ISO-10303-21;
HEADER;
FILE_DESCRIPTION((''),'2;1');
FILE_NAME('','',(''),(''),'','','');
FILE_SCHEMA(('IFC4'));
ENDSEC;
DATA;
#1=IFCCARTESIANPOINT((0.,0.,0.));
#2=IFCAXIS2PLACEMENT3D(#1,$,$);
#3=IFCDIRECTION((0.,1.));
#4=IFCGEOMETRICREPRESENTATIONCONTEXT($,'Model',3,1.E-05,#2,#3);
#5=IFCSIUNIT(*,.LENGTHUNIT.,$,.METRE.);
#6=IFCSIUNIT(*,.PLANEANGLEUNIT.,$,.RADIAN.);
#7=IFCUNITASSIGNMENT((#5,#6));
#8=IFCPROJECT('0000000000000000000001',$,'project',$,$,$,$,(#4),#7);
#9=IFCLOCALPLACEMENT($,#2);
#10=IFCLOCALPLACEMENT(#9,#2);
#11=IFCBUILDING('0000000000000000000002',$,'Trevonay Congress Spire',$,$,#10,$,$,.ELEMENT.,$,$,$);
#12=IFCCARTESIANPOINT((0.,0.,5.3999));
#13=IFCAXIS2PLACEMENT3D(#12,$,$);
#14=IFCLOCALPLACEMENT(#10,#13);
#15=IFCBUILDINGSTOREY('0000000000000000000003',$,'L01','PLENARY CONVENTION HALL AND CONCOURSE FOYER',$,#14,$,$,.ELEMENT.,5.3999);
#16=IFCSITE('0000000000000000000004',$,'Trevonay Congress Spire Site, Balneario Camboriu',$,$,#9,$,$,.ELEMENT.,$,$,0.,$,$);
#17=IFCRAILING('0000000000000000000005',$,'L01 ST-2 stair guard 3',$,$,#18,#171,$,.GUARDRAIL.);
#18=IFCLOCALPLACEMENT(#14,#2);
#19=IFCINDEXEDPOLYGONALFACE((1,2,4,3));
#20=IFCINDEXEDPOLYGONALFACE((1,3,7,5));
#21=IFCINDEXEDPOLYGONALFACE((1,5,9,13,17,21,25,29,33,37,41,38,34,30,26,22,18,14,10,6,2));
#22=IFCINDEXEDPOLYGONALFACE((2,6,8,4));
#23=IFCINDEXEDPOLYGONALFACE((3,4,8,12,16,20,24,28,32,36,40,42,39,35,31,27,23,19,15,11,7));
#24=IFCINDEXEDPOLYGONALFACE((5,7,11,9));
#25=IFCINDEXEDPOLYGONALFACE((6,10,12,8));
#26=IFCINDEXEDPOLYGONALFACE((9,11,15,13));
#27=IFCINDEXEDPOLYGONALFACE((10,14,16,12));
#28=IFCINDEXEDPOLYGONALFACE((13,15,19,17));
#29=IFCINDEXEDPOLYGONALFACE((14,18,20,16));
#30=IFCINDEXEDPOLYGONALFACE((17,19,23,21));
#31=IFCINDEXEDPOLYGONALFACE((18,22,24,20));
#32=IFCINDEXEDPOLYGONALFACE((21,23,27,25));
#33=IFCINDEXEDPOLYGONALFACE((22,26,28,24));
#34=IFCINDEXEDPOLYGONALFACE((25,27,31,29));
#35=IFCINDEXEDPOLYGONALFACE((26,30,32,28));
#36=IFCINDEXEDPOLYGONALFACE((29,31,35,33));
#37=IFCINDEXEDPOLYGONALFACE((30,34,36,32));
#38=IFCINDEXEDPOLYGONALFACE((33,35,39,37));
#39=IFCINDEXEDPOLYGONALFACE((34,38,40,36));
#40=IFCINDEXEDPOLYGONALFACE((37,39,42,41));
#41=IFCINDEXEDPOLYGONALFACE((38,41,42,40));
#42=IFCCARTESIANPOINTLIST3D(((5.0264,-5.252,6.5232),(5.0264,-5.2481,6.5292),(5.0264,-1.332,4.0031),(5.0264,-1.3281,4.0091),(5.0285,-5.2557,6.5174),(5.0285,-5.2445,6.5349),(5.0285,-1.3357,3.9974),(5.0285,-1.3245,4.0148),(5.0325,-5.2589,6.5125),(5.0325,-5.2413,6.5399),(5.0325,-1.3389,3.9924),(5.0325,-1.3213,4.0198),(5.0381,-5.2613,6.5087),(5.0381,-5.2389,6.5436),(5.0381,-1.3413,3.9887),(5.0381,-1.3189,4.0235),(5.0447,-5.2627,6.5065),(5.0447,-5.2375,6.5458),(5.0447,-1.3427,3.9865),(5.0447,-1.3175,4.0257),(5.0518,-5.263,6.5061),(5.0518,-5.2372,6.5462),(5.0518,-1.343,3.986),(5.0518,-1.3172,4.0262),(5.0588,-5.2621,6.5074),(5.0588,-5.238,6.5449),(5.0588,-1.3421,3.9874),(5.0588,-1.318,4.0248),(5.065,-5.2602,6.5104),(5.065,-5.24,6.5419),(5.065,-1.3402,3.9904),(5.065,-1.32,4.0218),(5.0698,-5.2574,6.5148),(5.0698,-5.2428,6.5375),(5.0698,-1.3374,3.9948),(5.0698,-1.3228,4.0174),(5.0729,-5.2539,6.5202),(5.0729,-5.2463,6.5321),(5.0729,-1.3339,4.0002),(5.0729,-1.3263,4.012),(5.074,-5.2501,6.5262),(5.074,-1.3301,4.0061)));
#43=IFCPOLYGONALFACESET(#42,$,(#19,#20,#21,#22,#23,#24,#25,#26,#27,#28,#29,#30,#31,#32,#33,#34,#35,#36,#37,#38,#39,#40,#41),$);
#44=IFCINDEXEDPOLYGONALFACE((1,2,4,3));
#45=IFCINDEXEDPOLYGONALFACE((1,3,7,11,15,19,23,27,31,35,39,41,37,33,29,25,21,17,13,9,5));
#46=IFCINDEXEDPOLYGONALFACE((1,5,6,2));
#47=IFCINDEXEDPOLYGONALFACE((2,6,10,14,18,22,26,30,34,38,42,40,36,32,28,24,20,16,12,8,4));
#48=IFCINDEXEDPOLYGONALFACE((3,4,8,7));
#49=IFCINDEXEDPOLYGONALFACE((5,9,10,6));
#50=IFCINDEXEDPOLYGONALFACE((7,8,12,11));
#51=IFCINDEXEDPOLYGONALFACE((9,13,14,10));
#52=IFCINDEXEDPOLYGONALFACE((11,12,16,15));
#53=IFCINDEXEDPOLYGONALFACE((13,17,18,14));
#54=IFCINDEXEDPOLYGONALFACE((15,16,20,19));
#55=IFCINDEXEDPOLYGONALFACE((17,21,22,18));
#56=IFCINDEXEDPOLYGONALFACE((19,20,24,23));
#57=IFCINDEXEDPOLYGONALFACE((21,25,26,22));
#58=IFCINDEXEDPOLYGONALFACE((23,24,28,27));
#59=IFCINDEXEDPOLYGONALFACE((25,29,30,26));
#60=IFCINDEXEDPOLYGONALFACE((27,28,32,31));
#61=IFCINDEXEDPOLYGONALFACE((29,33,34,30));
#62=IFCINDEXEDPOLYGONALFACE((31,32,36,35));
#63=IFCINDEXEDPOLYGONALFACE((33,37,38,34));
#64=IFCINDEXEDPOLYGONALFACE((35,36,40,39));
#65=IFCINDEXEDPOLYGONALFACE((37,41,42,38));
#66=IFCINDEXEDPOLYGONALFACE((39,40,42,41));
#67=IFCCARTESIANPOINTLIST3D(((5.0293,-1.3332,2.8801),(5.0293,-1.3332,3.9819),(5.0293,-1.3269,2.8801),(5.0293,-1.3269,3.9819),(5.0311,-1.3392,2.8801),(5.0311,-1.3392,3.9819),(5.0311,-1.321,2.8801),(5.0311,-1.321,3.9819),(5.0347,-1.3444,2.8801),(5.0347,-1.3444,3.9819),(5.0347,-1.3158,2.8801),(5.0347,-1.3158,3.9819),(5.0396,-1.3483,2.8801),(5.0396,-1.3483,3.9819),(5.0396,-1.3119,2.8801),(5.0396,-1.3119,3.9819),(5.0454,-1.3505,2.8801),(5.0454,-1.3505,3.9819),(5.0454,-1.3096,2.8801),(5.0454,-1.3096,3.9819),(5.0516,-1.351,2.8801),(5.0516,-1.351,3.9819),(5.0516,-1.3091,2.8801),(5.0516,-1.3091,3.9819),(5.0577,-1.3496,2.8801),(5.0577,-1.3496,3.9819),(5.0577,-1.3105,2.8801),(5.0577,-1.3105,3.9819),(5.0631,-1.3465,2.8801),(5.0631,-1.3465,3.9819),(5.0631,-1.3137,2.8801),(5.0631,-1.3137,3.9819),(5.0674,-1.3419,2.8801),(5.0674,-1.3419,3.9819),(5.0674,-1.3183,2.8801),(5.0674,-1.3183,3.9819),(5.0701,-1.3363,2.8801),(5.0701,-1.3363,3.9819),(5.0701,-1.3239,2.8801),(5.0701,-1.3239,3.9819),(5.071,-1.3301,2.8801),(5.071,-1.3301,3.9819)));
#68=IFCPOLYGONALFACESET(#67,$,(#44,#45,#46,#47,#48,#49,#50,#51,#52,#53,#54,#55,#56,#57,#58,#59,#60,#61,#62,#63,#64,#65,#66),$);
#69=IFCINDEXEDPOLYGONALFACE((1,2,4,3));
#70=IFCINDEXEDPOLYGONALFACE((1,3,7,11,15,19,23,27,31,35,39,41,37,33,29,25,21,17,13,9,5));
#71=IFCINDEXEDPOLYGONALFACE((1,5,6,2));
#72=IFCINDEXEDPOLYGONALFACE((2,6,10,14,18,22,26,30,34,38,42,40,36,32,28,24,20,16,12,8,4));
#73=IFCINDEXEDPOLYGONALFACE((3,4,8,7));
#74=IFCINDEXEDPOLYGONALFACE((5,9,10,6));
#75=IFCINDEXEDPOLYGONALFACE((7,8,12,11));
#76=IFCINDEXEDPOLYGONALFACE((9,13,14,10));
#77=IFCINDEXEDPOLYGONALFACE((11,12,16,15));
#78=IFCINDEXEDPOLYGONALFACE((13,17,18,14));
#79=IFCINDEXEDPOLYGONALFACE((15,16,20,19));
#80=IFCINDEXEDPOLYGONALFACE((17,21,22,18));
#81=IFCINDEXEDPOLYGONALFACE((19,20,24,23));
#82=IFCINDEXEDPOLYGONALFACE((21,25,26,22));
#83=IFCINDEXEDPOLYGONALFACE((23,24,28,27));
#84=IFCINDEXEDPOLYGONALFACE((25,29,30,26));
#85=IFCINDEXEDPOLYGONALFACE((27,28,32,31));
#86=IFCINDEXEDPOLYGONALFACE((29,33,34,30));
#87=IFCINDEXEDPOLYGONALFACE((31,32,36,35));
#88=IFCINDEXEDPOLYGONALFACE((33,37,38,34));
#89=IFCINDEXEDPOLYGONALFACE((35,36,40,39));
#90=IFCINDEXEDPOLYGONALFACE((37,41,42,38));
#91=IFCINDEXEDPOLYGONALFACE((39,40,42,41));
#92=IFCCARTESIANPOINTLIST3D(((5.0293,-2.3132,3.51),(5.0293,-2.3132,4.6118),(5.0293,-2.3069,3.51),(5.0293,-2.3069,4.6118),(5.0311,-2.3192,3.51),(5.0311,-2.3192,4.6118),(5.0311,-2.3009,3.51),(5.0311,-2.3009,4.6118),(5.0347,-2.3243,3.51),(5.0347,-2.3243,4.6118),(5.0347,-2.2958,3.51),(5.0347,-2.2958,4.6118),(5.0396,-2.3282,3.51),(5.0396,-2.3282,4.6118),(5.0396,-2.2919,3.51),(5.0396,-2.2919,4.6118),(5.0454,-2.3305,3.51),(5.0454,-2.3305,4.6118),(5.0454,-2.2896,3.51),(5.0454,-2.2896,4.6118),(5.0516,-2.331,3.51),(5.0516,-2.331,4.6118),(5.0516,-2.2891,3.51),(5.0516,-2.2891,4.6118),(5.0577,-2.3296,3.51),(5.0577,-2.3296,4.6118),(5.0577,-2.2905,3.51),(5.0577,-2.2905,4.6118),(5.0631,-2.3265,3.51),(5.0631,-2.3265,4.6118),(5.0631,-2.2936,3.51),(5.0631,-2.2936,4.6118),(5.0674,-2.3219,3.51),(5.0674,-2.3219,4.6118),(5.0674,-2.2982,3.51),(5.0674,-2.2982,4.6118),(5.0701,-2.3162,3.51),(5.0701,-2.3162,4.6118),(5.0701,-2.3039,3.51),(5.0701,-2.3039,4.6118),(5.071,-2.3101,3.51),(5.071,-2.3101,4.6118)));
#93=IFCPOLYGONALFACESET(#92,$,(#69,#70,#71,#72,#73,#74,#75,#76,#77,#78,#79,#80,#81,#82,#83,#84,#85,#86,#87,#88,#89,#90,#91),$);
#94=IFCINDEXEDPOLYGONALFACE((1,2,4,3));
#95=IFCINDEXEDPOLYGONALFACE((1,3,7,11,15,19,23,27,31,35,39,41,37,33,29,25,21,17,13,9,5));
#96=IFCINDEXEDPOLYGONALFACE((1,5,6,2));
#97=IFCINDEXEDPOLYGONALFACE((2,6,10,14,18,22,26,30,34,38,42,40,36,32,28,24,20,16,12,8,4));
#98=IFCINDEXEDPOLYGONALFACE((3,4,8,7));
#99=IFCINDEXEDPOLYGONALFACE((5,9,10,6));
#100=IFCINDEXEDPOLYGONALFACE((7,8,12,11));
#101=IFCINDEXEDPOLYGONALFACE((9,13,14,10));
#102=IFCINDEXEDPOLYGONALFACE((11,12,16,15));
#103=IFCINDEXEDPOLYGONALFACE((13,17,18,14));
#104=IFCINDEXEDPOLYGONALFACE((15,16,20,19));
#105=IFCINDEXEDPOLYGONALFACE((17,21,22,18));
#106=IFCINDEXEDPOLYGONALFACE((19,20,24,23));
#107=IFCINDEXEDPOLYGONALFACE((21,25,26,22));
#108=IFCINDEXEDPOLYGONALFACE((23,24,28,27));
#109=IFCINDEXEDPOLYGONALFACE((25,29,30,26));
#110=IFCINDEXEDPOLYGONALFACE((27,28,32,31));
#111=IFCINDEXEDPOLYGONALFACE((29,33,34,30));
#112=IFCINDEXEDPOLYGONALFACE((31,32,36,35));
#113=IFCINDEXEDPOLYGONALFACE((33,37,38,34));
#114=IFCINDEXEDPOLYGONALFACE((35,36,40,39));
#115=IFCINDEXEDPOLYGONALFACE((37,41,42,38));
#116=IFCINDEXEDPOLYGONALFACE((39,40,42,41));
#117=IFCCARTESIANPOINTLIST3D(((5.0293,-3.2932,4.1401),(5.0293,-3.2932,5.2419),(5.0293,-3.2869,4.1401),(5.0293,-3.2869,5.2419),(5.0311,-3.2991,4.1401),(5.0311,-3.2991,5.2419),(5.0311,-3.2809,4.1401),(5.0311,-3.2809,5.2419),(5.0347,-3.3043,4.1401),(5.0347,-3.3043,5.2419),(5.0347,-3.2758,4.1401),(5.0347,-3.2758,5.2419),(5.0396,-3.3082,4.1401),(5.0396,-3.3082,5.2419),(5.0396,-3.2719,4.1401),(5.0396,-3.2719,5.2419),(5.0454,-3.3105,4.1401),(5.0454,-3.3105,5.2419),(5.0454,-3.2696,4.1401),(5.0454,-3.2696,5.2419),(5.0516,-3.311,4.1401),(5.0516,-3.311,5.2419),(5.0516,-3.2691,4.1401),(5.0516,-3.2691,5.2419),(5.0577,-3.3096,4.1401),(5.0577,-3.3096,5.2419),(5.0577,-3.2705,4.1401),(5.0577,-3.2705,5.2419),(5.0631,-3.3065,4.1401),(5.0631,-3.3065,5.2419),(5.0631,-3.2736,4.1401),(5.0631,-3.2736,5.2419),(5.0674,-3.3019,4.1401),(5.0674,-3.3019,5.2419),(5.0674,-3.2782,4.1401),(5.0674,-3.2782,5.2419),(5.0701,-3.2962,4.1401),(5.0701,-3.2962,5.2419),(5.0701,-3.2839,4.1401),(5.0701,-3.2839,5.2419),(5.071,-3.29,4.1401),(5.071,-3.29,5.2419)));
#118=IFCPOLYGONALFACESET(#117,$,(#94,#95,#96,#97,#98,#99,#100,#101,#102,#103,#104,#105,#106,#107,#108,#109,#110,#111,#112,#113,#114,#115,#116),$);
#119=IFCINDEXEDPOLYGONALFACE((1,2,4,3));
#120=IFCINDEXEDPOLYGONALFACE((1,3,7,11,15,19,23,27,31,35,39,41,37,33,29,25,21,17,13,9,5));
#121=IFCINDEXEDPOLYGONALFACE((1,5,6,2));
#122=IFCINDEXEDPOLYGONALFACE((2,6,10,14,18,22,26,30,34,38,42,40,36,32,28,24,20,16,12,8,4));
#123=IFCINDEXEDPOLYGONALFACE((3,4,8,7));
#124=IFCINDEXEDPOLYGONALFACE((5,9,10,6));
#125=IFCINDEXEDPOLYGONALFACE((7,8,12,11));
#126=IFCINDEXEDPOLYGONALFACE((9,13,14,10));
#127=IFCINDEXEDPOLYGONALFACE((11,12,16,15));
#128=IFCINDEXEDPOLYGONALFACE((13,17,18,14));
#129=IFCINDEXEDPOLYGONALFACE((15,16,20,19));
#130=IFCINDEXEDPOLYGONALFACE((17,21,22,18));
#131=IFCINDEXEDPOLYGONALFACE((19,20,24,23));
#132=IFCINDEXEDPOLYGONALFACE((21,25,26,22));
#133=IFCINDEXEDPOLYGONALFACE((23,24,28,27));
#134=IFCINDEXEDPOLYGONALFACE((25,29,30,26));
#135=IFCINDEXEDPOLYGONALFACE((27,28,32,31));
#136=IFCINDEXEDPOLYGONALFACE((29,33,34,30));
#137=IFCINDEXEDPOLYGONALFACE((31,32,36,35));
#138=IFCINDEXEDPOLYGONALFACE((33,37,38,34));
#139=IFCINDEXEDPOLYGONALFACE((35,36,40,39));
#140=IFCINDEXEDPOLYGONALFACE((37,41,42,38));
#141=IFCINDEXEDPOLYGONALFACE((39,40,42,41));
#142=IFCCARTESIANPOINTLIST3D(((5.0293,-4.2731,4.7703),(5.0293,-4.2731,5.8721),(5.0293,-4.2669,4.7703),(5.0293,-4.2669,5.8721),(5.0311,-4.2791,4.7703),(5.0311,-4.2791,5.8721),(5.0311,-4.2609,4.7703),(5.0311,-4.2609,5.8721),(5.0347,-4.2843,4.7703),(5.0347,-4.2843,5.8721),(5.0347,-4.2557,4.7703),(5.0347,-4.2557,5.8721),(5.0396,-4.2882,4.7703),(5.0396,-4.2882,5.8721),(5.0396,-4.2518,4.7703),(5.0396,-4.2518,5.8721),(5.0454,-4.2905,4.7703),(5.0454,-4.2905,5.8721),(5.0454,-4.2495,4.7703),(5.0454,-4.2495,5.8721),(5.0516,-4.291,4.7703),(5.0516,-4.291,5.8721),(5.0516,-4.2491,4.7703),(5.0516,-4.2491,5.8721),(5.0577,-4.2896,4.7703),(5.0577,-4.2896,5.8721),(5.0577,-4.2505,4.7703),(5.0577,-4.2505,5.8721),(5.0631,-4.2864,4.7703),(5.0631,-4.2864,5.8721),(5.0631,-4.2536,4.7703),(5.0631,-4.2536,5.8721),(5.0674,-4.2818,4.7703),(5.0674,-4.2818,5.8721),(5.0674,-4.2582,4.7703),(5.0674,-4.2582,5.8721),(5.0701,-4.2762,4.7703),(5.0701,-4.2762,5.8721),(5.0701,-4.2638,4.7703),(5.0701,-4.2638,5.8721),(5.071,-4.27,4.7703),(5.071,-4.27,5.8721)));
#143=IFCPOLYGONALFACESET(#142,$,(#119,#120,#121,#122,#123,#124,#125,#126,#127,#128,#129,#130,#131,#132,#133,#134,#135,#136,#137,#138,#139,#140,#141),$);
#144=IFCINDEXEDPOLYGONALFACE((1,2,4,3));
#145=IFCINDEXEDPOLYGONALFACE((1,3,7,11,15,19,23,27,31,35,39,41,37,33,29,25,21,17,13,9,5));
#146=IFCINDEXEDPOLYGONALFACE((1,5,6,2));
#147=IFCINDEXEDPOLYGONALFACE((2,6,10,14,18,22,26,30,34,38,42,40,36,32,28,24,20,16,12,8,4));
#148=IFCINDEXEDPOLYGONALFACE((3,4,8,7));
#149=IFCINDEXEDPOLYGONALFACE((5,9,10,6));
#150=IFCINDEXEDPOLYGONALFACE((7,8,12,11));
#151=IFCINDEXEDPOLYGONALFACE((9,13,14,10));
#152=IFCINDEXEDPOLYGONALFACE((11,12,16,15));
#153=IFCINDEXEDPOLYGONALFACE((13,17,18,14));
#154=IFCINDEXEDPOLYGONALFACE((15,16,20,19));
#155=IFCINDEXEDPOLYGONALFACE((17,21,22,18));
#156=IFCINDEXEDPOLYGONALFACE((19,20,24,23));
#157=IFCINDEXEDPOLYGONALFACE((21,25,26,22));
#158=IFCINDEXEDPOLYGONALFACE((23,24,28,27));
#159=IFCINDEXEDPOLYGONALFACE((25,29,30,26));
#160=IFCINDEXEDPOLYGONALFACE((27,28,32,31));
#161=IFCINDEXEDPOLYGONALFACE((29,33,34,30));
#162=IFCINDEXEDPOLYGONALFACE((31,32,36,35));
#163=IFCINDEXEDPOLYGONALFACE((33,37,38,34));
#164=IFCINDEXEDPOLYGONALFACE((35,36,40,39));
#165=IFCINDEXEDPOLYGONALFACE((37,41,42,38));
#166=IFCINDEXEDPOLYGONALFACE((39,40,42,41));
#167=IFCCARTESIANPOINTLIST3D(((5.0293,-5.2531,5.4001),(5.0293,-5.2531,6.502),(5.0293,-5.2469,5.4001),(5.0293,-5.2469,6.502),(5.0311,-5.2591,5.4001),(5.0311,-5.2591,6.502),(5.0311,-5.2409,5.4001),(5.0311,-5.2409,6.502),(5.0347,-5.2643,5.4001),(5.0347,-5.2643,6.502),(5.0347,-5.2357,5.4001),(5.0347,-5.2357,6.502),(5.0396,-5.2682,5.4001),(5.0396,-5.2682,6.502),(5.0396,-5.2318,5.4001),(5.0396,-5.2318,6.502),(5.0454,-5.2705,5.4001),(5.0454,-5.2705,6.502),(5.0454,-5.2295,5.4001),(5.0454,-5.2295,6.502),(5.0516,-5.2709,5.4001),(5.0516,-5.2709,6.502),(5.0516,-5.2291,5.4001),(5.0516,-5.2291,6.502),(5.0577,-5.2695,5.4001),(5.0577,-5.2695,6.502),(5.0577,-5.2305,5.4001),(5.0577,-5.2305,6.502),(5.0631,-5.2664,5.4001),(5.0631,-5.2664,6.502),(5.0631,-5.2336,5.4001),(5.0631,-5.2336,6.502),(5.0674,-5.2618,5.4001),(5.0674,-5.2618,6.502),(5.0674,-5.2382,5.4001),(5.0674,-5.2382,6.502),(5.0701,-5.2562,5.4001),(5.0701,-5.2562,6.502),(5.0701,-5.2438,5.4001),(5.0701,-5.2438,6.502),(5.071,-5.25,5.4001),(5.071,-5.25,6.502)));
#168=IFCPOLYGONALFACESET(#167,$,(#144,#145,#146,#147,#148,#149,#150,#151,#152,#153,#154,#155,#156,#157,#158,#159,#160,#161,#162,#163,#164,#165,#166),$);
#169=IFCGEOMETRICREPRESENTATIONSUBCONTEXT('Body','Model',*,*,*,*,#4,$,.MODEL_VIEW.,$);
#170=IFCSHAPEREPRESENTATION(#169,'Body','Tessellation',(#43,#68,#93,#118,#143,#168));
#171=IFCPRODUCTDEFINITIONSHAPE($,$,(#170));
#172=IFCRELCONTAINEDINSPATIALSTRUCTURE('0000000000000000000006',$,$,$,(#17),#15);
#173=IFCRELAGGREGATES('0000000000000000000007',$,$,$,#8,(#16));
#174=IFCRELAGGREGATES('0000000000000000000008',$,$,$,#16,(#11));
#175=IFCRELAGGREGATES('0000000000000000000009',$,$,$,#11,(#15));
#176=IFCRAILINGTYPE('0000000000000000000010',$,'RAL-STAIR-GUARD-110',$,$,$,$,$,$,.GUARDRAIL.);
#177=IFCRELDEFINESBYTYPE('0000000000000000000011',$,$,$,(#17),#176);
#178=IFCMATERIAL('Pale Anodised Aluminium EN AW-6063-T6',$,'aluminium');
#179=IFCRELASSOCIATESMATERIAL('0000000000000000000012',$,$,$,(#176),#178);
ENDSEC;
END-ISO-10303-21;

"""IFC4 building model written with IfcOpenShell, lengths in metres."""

from ifc_helpers import new_model, si_unit, direction, frame, origin, origin_2d, place, context, subcontext, project, spatial, circle, extrude, material, type_object, element, save


model = new_model("IFC4")

# Units and contexts
model_context = context("Model", 3, precision=1e-05, world=origin(), true_north=direction((0.0, 1.0)))
body_context = subcontext(model_context, "Body", "Model", "MODEL_VIEW")
ifc_project = project(units=[si_unit("LENGTHUNIT", "METRE"), si_unit("PLANEANGLEUNIT", "RADIAN")], contexts=[model_context])

# Site, building, storey
site_placement = place(None, origin())
site = spatial("IfcSite", under=ifc_project, at=site_placement, Name="Trevonay Congress Spire Site, Balneario Camboriu", CompositionType="ELEMENT", RefElevation=0.0)
building_placement = place(site_placement, origin())
building = spatial("IfcBuilding", under=site, at=building_placement, Name="Trevonay Congress Spire", CompositionType="ELEMENT")
storey_placement = place(building_placement, frame((0.0, 0.0, 5.3999)))
storey = spatial("IfcBuildingStorey", under=building, at=storey_placement, Name="L01", Description="PLENARY CONVENTION HALL AND CONCOURSE FOYER", CompositionType="ELEMENT", Elevation=5.3999)

# Railing
ifc_material_1 = material(Name="Pale Anodised Aluminium EN AW-6063-T6", Category="aluminium")
railing_type_1 = type_object("IfcRailingType", Name="RAL-STAIR-GUARD-110", PredefinedType="GUARDRAIL", material=ifc_material_1)
railing_1_placement = place(storey_placement, frame((5.05, -1.3301, 2.8801)))
element("IfcRailing", 1, at=railing_1_placement, inside=storey, type_object=railing_type_1, Name="L01 ST-2 stair guard 3", PredefinedType="GUARDRAIL", context=body_context, shape_type="SweptSolid", body=[
    extrude(circle(Radius=0.0239, at=origin_2d()), frame((0.0, 0.0, 1.126), z_axis=(0.0, -0.841172, 0.540768), x_axis=(1.0, 0.0, 0.0)), (0.0, 0.0, 1.0), 4.6602),
    extrude(circle(Radius=0.021, at=origin_2d()), origin(), (0.0, 0.0, 1.0), 1.1018),
    extrude(circle(Radius=0.021, at=origin_2d()), frame((0.0, -0.98, 0.6299)), (0.0, 0.0, 1.0), 1.1018),
    extrude(circle(Radius=0.021, at=origin_2d()), frame((0.0, -1.96, 1.26)), (0.0, 0.0, 1.0), 1.1018),
    extrude(circle(Radius=0.021, at=origin_2d()), frame((0.0, -2.9399, 1.8901)), (0.0, 0.0, 1.0), 1.1018),
    extrude(circle(Radius=0.021, at=origin_2d()), frame((0.0, -3.9199, 2.52)), (0.0, 0.0, 1.0), 1.1018),
])

save(model, "model.ifc")
